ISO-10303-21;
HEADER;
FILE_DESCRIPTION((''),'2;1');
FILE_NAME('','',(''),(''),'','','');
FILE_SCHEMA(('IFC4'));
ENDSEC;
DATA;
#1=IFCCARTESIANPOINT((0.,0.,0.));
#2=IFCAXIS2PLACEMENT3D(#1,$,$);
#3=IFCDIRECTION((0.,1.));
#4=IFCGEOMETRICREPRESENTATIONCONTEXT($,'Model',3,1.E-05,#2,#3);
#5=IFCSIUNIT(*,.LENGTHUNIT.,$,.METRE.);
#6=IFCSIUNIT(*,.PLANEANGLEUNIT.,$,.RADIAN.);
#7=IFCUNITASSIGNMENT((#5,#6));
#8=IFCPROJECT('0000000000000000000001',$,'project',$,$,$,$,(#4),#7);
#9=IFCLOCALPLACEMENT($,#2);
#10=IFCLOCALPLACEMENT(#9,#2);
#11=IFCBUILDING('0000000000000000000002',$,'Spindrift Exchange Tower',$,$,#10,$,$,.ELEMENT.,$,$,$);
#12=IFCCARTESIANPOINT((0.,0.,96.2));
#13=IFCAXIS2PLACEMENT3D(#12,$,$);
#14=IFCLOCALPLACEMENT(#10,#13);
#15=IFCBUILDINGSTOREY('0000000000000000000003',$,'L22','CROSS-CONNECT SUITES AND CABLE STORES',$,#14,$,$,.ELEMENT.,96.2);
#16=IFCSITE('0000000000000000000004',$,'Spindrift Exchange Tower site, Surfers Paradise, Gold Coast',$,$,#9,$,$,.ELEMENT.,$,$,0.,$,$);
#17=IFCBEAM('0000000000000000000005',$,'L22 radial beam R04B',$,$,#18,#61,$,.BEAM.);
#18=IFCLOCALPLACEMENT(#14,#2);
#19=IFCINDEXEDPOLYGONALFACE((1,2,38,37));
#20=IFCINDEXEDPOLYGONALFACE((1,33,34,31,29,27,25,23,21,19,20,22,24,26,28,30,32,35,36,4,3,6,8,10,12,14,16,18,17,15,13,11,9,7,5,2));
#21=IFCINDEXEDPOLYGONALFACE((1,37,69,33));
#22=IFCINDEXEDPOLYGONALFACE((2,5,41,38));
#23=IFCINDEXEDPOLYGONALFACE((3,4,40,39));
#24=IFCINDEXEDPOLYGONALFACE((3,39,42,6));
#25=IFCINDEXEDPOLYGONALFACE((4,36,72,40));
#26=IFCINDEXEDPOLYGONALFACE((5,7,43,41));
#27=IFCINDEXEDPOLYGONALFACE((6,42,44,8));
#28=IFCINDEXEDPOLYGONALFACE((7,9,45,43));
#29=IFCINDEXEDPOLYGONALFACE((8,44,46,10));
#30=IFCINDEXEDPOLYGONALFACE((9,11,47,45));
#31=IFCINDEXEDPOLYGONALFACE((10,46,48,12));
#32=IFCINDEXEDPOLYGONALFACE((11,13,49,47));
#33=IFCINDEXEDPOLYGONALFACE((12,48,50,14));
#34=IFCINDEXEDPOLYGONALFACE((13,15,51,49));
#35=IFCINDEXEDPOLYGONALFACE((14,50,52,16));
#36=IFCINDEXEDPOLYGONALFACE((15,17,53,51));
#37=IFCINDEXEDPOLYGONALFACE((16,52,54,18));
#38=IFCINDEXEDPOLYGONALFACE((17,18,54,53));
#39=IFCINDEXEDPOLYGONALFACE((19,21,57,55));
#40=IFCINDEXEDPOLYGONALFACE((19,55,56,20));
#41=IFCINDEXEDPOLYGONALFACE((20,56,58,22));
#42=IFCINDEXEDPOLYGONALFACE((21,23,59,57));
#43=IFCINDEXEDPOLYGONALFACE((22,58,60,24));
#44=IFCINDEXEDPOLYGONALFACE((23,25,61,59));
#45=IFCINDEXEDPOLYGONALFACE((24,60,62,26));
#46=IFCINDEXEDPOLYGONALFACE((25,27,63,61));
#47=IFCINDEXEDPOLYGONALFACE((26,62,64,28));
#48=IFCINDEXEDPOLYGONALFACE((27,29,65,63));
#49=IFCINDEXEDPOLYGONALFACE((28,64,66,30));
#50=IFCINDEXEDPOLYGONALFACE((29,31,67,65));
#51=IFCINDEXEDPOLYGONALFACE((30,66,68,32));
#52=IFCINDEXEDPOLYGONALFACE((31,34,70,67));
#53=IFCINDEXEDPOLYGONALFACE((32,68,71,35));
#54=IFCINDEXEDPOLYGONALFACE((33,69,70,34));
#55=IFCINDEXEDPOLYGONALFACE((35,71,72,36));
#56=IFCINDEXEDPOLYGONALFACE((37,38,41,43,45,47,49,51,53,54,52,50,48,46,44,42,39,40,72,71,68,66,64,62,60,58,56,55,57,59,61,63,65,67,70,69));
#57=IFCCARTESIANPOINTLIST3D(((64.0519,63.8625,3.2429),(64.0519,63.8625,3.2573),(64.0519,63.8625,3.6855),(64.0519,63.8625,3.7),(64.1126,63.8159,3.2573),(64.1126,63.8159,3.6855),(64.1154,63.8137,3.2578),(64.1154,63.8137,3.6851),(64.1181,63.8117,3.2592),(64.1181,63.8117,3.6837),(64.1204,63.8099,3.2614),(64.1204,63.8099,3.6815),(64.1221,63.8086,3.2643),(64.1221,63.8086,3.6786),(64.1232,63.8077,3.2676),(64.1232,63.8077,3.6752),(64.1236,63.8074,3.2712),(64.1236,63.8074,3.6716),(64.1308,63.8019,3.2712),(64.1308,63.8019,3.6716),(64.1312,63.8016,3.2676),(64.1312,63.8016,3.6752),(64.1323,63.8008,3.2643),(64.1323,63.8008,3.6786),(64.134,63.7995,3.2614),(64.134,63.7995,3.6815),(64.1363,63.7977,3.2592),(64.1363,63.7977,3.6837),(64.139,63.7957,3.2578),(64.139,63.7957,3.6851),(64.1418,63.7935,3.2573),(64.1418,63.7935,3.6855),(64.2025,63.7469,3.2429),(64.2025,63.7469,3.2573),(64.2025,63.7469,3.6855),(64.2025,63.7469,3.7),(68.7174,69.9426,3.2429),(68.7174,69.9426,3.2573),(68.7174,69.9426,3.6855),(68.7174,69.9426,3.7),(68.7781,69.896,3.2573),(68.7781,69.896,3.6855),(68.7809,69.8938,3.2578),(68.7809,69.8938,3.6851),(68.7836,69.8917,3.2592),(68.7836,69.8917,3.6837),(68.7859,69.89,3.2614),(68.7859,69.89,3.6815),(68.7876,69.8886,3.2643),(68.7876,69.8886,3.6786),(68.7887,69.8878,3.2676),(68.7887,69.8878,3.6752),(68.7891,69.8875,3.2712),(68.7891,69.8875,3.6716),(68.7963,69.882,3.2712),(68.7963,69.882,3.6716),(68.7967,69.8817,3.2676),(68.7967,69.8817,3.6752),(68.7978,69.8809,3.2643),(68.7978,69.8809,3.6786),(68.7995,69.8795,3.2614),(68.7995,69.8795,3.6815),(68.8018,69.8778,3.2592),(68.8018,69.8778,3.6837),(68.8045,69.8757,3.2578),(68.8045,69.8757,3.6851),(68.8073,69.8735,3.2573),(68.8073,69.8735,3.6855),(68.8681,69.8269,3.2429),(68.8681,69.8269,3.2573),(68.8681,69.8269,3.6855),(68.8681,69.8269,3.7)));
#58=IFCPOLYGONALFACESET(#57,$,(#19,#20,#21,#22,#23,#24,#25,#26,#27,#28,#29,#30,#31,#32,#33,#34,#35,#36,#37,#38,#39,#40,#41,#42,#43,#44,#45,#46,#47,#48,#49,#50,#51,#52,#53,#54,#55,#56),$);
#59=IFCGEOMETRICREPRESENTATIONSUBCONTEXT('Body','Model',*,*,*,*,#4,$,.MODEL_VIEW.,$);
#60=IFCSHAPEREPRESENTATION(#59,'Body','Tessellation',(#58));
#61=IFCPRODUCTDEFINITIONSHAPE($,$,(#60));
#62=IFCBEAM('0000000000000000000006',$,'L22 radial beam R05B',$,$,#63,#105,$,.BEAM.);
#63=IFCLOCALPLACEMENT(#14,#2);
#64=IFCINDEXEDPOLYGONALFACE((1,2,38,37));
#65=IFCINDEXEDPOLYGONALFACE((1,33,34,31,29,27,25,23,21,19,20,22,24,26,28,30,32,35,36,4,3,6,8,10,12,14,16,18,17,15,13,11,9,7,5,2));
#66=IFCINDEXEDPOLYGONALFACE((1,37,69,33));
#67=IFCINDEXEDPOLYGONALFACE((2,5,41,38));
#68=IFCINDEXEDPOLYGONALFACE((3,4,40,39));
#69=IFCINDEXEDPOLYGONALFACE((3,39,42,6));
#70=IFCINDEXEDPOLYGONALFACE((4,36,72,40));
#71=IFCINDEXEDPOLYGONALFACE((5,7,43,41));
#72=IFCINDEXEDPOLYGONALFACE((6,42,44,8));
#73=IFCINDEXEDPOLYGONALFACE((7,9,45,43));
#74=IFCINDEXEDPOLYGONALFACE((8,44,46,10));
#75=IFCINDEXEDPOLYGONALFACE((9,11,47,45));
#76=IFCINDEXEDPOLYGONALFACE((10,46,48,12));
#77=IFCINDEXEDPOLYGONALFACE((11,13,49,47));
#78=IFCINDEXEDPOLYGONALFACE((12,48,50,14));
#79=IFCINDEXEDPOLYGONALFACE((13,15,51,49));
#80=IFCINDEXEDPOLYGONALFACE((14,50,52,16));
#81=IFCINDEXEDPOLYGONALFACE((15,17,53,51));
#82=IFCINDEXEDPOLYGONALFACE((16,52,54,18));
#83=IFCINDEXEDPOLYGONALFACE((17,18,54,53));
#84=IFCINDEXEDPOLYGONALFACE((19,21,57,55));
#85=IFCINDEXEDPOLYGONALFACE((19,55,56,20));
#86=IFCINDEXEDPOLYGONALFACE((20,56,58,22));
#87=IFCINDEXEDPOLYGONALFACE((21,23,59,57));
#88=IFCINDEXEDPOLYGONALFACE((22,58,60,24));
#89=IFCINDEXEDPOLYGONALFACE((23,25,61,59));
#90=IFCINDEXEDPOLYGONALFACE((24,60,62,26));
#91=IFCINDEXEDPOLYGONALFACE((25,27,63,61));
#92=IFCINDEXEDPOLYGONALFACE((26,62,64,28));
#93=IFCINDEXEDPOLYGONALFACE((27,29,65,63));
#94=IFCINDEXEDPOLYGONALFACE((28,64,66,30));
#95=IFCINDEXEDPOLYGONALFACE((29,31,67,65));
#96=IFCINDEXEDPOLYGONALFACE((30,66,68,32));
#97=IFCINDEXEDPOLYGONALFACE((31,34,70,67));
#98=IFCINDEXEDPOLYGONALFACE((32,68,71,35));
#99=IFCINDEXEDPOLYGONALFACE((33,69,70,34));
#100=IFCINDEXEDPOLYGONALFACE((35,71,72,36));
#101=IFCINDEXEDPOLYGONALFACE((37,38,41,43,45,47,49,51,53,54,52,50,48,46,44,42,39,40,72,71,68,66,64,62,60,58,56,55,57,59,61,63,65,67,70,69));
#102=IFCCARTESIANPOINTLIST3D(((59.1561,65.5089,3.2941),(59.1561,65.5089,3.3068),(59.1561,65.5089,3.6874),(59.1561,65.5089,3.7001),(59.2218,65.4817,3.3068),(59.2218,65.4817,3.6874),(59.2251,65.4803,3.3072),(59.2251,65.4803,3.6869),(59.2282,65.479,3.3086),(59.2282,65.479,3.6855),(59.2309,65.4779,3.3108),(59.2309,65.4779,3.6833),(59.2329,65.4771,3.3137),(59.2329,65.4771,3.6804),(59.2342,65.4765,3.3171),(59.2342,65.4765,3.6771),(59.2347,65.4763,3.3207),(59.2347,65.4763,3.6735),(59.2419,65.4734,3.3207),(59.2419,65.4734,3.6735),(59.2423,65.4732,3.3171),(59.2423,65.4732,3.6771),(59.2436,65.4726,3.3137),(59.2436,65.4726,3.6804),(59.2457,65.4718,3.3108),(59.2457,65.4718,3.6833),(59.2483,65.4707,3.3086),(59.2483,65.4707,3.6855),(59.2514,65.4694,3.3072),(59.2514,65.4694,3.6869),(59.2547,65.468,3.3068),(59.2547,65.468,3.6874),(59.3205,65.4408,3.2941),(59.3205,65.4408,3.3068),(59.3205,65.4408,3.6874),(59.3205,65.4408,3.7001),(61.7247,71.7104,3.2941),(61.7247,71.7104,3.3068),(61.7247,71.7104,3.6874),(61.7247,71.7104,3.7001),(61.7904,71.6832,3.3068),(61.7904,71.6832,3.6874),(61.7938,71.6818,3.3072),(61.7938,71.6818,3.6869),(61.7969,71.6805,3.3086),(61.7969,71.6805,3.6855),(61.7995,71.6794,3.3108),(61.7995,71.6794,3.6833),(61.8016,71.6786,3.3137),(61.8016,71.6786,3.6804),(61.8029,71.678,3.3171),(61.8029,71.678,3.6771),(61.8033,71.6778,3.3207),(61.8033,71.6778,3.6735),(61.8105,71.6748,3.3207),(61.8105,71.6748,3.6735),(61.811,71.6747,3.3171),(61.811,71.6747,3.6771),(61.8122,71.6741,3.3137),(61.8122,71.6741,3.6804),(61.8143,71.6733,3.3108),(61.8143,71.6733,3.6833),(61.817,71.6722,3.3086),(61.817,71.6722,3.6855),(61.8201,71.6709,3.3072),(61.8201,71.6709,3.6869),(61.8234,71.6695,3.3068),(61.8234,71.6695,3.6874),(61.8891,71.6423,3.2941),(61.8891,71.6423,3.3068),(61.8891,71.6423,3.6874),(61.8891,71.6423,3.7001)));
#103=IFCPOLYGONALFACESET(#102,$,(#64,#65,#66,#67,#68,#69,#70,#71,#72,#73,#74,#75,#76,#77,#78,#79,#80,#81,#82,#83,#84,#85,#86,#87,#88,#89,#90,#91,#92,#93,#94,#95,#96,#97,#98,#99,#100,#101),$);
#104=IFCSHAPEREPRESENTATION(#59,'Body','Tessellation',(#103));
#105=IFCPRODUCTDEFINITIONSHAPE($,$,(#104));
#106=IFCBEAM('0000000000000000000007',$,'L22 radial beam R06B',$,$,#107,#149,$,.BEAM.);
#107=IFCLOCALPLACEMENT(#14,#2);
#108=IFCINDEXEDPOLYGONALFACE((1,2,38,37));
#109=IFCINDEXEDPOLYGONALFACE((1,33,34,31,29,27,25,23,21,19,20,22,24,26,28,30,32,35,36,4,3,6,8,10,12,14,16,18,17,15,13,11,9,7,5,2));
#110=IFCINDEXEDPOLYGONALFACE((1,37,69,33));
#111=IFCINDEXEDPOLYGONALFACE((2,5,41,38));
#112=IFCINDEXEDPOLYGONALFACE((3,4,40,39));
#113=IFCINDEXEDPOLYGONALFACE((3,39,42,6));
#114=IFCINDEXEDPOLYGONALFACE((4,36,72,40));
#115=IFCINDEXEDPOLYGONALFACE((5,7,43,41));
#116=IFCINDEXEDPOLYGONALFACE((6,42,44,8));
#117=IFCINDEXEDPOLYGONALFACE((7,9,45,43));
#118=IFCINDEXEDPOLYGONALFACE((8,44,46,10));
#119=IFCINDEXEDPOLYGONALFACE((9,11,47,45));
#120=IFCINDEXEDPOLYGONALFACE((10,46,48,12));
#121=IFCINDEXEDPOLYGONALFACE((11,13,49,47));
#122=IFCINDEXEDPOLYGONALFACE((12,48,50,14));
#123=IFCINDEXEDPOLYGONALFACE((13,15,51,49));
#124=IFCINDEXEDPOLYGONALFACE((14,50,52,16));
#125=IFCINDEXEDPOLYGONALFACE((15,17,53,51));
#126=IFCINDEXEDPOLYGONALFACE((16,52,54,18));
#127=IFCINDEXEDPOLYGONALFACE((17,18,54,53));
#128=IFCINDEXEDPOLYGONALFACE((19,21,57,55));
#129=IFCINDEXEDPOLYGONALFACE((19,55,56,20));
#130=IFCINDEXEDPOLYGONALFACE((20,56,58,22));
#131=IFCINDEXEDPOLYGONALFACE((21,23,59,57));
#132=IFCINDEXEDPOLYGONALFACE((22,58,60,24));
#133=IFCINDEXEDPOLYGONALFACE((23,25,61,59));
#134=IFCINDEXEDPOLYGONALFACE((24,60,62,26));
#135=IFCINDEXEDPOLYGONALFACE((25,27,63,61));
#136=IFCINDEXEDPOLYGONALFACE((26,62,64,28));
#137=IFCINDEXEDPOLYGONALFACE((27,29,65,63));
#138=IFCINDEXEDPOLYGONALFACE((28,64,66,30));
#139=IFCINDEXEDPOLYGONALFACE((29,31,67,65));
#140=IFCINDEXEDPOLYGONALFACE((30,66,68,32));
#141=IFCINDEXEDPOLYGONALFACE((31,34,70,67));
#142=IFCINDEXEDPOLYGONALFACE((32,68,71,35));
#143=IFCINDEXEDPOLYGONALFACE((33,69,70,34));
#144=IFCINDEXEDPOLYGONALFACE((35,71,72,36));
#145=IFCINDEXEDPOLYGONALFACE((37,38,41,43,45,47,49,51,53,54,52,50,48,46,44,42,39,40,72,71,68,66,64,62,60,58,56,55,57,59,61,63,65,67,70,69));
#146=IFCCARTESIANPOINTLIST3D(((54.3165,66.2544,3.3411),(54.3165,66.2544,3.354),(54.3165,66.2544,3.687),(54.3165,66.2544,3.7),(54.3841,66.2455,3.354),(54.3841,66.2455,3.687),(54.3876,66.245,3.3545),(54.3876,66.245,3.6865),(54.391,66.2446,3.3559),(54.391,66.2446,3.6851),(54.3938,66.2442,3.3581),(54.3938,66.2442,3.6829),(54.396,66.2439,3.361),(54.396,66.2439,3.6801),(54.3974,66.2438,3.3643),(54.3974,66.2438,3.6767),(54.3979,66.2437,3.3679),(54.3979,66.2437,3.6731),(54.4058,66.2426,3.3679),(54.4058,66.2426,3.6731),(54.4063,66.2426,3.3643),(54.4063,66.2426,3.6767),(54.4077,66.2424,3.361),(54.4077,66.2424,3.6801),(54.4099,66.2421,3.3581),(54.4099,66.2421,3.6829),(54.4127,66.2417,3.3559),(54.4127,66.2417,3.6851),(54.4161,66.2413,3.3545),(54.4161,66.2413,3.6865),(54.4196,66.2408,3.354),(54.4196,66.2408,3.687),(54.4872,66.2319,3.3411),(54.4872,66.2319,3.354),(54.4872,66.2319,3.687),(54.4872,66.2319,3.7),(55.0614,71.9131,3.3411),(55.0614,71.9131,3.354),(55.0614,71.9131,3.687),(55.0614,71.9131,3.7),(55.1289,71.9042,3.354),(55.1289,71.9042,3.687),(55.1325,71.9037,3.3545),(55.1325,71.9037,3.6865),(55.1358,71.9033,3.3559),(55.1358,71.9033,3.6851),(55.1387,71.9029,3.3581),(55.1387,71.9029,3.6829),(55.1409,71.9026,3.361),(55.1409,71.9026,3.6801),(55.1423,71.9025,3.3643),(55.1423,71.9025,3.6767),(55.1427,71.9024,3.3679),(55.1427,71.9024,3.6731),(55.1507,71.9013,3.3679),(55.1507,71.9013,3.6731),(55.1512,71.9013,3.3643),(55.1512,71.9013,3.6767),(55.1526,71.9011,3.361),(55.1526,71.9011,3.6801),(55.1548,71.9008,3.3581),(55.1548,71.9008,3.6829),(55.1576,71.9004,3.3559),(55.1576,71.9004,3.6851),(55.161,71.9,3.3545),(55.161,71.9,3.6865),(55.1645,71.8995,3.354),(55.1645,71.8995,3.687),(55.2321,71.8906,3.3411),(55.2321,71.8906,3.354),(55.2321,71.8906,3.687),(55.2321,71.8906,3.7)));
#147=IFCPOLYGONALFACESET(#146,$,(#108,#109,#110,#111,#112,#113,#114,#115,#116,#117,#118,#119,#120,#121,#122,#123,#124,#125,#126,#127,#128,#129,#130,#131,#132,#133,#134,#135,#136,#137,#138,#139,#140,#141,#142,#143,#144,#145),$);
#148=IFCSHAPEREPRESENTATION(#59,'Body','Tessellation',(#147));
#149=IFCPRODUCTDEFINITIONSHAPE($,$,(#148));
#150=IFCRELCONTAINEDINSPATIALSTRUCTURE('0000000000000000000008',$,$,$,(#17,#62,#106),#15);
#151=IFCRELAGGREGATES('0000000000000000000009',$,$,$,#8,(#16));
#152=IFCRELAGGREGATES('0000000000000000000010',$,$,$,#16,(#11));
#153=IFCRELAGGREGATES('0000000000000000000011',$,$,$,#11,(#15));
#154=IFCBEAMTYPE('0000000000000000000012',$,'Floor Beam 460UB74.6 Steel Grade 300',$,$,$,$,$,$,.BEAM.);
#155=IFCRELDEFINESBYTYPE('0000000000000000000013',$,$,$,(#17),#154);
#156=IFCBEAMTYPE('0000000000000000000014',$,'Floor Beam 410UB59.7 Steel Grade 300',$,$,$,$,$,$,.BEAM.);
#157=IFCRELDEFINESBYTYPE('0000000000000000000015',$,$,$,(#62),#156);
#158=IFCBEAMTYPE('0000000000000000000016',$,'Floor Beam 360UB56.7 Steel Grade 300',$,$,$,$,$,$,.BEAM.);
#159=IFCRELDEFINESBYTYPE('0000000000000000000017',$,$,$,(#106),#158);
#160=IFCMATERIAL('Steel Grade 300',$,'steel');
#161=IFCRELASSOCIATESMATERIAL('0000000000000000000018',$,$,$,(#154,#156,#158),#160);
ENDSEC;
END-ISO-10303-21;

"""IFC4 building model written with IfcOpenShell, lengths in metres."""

from ifc_helpers import new_model, si_unit, direction, frame, origin, origin_2d, place, context, subcontext, project, spatial, i_section, extrude, source, transform, mapped, material, material_profile, profile_set, type_object, element, save


model = new_model("IFC4")

# Units and contexts
model_context = context("Model", 3, precision=1e-05, world=origin(), true_north=direction((0.0, 1.0)))
body_context = subcontext(model_context, "Body", "Model", "MODEL_VIEW")
ifc_project = project(units=[si_unit("LENGTHUNIT", "METRE"), si_unit("PLANEANGLEUNIT", "RADIAN")], contexts=[model_context])

# Site, building, storey
site_placement = place(None, origin())
site = spatial("IfcSite", under=ifc_project, at=site_placement, Name="Spindrift Exchange Tower site, Surfers Paradise, Gold Coast", CompositionType="ELEMENT", RefElevation=0.0)
building_placement = place(site_placement, origin())
building = spatial("IfcBuilding", under=site, at=building_placement, Name="Spindrift Exchange Tower", CompositionType="ELEMENT")
storey_placement = place(building_placement, frame((0.0, 0.0, 96.2)))
storey = spatial("IfcBuildingStorey", under=building, at=storey_placement, Name="L22", Description="CROSS-CONNECT SUITES AND CABLE STORES", CompositionType="ELEMENT", Elevation=96.2)

# Beams
ifc_material_1 = material(Name="Steel Grade 300", Category="steel")
ifc_material_profile_1 = material_profile(ifc_material_1, i_section(OverallWidth=0.1899, OverallDepth=0.457, WebThickness=0.009, FlangeThickness=0.0144, FilletRadius=0.0139, at=origin_2d()), Name="460UB74.6")
ifc_profile_set_1 = profile_set([ifc_material_profile_1], Name="Steel Grade 300")
beam_type_1 = type_object("IfcBeamType", Name="Floor Beam 460UB74.6 Steel Grade 300", PredefinedType="BEAM", material=ifc_profile_set_1)
shared_shape_1 = source(origin(), body_context, "Body", "SweptSolid", [
    extrude(i_section(OverallWidth=0.1899, OverallDepth=0.457, WebThickness=0.009, FlangeThickness=0.0144, FilletRadius=0.0139, at=origin_2d()), origin(), (0.0, 0.0, 1.0), 7.6638),
])
beam_1_placement = place(storey_placement, frame((64.1272, 63.8047, 3.4714), z_axis=(0.608771, 0.793346, 0.0), x_axis=(-0.793346, 0.608771, 0.0)))
element("IfcBeam", 1, at=beam_1_placement, inside=storey, type_object=beam_type_1, Name="L22 radial beam R04B", PredefinedType="BEAM", context=body_context, shape_type="MappedRepresentation", body=[
    mapped(shared_shape_1, transform((0.0, 0.0, 0.0), scale=1.0)),
])
ifc_material_profile_2 = material_profile(ifc_material_1, i_section(OverallWidth=0.178, OverallDepth=0.406, WebThickness=0.0078, FlangeThickness=0.0127, FilletRadius=0.0139, at=origin_2d()), Name="410UB59.7")
ifc_profile_set_2 = profile_set([ifc_material_profile_2], Name="Steel Grade 300")
beam_type_2 = type_object("IfcBeamType", Name="Floor Beam 410UB59.7 Steel Grade 300", PredefinedType="BEAM", material=ifc_profile_set_2)
shared_shape_2 = source(origin(), body_context, "Body", "SweptSolid", [
    extrude(i_section(OverallWidth=0.178, OverallDepth=0.406, WebThickness=0.0078, FlangeThickness=0.0127, FilletRadius=0.0139, at=origin_2d()), origin(), (0.0, 0.0, 1.0), 6.7124),
])
beam_2_placement = place(storey_placement, frame((59.2383, 65.4749, 3.4971), z_axis=(0.38267, 0.923885, 0.0), x_axis=(-0.923885, 0.38267, 0.0)))
element("IfcBeam", 2, at=beam_2_placement, inside=storey, type_object=beam_type_2, Name="L22 radial beam R05B", PredefinedType="BEAM", context=body_context, shape_type="MappedRepresentation", body=[
    mapped(shared_shape_2, transform((0.0, 0.0, 0.0), scale=1.0)),
])
ifc_material_profile_3 = material_profile(ifc_material_1, i_section(OverallWidth=0.1721, OverallDepth=0.3589, WebThickness=0.0081, FlangeThickness=0.0129, FilletRadius=0.0139, at=origin_2d()), Name="360UB56.7")
ifc_profile_set_3 = profile_set([ifc_material_profile_3], Name="Steel Grade 300")
beam_type_3 = type_object("IfcBeamType", Name="Floor Beam 360UB56.7 Steel Grade 300", PredefinedType="BEAM", material=ifc_profile_set_3)
shared_shape_3 = source(origin(), body_context, "Body", "SweptSolid", [
    extrude(i_section(OverallWidth=0.1721, OverallDepth=0.3589, WebThickness=0.0081, FlangeThickness=0.0129, FilletRadius=0.0139, at=origin_2d()), origin(), (0.0, 0.0, 1.0), 5.7075),
])
beam_3_placement = place(storey_placement, frame((54.4019, 66.2432, 3.5205), z_axis=(0.130508, 0.991447, 0.0), x_axis=(-0.991447, 0.130508, 0.0)))
element("IfcBeam", 3, at=beam_3_placement, inside=storey, type_object=beam_type_3, Name="L22 radial beam R06B", PredefinedType="BEAM", context=body_context, shape_type="MappedRepresentation", body=[
    mapped(shared_shape_3, transform((0.0, 0.0, 0.0), scale=1.0)),
])

save(model, "model.ifc")
